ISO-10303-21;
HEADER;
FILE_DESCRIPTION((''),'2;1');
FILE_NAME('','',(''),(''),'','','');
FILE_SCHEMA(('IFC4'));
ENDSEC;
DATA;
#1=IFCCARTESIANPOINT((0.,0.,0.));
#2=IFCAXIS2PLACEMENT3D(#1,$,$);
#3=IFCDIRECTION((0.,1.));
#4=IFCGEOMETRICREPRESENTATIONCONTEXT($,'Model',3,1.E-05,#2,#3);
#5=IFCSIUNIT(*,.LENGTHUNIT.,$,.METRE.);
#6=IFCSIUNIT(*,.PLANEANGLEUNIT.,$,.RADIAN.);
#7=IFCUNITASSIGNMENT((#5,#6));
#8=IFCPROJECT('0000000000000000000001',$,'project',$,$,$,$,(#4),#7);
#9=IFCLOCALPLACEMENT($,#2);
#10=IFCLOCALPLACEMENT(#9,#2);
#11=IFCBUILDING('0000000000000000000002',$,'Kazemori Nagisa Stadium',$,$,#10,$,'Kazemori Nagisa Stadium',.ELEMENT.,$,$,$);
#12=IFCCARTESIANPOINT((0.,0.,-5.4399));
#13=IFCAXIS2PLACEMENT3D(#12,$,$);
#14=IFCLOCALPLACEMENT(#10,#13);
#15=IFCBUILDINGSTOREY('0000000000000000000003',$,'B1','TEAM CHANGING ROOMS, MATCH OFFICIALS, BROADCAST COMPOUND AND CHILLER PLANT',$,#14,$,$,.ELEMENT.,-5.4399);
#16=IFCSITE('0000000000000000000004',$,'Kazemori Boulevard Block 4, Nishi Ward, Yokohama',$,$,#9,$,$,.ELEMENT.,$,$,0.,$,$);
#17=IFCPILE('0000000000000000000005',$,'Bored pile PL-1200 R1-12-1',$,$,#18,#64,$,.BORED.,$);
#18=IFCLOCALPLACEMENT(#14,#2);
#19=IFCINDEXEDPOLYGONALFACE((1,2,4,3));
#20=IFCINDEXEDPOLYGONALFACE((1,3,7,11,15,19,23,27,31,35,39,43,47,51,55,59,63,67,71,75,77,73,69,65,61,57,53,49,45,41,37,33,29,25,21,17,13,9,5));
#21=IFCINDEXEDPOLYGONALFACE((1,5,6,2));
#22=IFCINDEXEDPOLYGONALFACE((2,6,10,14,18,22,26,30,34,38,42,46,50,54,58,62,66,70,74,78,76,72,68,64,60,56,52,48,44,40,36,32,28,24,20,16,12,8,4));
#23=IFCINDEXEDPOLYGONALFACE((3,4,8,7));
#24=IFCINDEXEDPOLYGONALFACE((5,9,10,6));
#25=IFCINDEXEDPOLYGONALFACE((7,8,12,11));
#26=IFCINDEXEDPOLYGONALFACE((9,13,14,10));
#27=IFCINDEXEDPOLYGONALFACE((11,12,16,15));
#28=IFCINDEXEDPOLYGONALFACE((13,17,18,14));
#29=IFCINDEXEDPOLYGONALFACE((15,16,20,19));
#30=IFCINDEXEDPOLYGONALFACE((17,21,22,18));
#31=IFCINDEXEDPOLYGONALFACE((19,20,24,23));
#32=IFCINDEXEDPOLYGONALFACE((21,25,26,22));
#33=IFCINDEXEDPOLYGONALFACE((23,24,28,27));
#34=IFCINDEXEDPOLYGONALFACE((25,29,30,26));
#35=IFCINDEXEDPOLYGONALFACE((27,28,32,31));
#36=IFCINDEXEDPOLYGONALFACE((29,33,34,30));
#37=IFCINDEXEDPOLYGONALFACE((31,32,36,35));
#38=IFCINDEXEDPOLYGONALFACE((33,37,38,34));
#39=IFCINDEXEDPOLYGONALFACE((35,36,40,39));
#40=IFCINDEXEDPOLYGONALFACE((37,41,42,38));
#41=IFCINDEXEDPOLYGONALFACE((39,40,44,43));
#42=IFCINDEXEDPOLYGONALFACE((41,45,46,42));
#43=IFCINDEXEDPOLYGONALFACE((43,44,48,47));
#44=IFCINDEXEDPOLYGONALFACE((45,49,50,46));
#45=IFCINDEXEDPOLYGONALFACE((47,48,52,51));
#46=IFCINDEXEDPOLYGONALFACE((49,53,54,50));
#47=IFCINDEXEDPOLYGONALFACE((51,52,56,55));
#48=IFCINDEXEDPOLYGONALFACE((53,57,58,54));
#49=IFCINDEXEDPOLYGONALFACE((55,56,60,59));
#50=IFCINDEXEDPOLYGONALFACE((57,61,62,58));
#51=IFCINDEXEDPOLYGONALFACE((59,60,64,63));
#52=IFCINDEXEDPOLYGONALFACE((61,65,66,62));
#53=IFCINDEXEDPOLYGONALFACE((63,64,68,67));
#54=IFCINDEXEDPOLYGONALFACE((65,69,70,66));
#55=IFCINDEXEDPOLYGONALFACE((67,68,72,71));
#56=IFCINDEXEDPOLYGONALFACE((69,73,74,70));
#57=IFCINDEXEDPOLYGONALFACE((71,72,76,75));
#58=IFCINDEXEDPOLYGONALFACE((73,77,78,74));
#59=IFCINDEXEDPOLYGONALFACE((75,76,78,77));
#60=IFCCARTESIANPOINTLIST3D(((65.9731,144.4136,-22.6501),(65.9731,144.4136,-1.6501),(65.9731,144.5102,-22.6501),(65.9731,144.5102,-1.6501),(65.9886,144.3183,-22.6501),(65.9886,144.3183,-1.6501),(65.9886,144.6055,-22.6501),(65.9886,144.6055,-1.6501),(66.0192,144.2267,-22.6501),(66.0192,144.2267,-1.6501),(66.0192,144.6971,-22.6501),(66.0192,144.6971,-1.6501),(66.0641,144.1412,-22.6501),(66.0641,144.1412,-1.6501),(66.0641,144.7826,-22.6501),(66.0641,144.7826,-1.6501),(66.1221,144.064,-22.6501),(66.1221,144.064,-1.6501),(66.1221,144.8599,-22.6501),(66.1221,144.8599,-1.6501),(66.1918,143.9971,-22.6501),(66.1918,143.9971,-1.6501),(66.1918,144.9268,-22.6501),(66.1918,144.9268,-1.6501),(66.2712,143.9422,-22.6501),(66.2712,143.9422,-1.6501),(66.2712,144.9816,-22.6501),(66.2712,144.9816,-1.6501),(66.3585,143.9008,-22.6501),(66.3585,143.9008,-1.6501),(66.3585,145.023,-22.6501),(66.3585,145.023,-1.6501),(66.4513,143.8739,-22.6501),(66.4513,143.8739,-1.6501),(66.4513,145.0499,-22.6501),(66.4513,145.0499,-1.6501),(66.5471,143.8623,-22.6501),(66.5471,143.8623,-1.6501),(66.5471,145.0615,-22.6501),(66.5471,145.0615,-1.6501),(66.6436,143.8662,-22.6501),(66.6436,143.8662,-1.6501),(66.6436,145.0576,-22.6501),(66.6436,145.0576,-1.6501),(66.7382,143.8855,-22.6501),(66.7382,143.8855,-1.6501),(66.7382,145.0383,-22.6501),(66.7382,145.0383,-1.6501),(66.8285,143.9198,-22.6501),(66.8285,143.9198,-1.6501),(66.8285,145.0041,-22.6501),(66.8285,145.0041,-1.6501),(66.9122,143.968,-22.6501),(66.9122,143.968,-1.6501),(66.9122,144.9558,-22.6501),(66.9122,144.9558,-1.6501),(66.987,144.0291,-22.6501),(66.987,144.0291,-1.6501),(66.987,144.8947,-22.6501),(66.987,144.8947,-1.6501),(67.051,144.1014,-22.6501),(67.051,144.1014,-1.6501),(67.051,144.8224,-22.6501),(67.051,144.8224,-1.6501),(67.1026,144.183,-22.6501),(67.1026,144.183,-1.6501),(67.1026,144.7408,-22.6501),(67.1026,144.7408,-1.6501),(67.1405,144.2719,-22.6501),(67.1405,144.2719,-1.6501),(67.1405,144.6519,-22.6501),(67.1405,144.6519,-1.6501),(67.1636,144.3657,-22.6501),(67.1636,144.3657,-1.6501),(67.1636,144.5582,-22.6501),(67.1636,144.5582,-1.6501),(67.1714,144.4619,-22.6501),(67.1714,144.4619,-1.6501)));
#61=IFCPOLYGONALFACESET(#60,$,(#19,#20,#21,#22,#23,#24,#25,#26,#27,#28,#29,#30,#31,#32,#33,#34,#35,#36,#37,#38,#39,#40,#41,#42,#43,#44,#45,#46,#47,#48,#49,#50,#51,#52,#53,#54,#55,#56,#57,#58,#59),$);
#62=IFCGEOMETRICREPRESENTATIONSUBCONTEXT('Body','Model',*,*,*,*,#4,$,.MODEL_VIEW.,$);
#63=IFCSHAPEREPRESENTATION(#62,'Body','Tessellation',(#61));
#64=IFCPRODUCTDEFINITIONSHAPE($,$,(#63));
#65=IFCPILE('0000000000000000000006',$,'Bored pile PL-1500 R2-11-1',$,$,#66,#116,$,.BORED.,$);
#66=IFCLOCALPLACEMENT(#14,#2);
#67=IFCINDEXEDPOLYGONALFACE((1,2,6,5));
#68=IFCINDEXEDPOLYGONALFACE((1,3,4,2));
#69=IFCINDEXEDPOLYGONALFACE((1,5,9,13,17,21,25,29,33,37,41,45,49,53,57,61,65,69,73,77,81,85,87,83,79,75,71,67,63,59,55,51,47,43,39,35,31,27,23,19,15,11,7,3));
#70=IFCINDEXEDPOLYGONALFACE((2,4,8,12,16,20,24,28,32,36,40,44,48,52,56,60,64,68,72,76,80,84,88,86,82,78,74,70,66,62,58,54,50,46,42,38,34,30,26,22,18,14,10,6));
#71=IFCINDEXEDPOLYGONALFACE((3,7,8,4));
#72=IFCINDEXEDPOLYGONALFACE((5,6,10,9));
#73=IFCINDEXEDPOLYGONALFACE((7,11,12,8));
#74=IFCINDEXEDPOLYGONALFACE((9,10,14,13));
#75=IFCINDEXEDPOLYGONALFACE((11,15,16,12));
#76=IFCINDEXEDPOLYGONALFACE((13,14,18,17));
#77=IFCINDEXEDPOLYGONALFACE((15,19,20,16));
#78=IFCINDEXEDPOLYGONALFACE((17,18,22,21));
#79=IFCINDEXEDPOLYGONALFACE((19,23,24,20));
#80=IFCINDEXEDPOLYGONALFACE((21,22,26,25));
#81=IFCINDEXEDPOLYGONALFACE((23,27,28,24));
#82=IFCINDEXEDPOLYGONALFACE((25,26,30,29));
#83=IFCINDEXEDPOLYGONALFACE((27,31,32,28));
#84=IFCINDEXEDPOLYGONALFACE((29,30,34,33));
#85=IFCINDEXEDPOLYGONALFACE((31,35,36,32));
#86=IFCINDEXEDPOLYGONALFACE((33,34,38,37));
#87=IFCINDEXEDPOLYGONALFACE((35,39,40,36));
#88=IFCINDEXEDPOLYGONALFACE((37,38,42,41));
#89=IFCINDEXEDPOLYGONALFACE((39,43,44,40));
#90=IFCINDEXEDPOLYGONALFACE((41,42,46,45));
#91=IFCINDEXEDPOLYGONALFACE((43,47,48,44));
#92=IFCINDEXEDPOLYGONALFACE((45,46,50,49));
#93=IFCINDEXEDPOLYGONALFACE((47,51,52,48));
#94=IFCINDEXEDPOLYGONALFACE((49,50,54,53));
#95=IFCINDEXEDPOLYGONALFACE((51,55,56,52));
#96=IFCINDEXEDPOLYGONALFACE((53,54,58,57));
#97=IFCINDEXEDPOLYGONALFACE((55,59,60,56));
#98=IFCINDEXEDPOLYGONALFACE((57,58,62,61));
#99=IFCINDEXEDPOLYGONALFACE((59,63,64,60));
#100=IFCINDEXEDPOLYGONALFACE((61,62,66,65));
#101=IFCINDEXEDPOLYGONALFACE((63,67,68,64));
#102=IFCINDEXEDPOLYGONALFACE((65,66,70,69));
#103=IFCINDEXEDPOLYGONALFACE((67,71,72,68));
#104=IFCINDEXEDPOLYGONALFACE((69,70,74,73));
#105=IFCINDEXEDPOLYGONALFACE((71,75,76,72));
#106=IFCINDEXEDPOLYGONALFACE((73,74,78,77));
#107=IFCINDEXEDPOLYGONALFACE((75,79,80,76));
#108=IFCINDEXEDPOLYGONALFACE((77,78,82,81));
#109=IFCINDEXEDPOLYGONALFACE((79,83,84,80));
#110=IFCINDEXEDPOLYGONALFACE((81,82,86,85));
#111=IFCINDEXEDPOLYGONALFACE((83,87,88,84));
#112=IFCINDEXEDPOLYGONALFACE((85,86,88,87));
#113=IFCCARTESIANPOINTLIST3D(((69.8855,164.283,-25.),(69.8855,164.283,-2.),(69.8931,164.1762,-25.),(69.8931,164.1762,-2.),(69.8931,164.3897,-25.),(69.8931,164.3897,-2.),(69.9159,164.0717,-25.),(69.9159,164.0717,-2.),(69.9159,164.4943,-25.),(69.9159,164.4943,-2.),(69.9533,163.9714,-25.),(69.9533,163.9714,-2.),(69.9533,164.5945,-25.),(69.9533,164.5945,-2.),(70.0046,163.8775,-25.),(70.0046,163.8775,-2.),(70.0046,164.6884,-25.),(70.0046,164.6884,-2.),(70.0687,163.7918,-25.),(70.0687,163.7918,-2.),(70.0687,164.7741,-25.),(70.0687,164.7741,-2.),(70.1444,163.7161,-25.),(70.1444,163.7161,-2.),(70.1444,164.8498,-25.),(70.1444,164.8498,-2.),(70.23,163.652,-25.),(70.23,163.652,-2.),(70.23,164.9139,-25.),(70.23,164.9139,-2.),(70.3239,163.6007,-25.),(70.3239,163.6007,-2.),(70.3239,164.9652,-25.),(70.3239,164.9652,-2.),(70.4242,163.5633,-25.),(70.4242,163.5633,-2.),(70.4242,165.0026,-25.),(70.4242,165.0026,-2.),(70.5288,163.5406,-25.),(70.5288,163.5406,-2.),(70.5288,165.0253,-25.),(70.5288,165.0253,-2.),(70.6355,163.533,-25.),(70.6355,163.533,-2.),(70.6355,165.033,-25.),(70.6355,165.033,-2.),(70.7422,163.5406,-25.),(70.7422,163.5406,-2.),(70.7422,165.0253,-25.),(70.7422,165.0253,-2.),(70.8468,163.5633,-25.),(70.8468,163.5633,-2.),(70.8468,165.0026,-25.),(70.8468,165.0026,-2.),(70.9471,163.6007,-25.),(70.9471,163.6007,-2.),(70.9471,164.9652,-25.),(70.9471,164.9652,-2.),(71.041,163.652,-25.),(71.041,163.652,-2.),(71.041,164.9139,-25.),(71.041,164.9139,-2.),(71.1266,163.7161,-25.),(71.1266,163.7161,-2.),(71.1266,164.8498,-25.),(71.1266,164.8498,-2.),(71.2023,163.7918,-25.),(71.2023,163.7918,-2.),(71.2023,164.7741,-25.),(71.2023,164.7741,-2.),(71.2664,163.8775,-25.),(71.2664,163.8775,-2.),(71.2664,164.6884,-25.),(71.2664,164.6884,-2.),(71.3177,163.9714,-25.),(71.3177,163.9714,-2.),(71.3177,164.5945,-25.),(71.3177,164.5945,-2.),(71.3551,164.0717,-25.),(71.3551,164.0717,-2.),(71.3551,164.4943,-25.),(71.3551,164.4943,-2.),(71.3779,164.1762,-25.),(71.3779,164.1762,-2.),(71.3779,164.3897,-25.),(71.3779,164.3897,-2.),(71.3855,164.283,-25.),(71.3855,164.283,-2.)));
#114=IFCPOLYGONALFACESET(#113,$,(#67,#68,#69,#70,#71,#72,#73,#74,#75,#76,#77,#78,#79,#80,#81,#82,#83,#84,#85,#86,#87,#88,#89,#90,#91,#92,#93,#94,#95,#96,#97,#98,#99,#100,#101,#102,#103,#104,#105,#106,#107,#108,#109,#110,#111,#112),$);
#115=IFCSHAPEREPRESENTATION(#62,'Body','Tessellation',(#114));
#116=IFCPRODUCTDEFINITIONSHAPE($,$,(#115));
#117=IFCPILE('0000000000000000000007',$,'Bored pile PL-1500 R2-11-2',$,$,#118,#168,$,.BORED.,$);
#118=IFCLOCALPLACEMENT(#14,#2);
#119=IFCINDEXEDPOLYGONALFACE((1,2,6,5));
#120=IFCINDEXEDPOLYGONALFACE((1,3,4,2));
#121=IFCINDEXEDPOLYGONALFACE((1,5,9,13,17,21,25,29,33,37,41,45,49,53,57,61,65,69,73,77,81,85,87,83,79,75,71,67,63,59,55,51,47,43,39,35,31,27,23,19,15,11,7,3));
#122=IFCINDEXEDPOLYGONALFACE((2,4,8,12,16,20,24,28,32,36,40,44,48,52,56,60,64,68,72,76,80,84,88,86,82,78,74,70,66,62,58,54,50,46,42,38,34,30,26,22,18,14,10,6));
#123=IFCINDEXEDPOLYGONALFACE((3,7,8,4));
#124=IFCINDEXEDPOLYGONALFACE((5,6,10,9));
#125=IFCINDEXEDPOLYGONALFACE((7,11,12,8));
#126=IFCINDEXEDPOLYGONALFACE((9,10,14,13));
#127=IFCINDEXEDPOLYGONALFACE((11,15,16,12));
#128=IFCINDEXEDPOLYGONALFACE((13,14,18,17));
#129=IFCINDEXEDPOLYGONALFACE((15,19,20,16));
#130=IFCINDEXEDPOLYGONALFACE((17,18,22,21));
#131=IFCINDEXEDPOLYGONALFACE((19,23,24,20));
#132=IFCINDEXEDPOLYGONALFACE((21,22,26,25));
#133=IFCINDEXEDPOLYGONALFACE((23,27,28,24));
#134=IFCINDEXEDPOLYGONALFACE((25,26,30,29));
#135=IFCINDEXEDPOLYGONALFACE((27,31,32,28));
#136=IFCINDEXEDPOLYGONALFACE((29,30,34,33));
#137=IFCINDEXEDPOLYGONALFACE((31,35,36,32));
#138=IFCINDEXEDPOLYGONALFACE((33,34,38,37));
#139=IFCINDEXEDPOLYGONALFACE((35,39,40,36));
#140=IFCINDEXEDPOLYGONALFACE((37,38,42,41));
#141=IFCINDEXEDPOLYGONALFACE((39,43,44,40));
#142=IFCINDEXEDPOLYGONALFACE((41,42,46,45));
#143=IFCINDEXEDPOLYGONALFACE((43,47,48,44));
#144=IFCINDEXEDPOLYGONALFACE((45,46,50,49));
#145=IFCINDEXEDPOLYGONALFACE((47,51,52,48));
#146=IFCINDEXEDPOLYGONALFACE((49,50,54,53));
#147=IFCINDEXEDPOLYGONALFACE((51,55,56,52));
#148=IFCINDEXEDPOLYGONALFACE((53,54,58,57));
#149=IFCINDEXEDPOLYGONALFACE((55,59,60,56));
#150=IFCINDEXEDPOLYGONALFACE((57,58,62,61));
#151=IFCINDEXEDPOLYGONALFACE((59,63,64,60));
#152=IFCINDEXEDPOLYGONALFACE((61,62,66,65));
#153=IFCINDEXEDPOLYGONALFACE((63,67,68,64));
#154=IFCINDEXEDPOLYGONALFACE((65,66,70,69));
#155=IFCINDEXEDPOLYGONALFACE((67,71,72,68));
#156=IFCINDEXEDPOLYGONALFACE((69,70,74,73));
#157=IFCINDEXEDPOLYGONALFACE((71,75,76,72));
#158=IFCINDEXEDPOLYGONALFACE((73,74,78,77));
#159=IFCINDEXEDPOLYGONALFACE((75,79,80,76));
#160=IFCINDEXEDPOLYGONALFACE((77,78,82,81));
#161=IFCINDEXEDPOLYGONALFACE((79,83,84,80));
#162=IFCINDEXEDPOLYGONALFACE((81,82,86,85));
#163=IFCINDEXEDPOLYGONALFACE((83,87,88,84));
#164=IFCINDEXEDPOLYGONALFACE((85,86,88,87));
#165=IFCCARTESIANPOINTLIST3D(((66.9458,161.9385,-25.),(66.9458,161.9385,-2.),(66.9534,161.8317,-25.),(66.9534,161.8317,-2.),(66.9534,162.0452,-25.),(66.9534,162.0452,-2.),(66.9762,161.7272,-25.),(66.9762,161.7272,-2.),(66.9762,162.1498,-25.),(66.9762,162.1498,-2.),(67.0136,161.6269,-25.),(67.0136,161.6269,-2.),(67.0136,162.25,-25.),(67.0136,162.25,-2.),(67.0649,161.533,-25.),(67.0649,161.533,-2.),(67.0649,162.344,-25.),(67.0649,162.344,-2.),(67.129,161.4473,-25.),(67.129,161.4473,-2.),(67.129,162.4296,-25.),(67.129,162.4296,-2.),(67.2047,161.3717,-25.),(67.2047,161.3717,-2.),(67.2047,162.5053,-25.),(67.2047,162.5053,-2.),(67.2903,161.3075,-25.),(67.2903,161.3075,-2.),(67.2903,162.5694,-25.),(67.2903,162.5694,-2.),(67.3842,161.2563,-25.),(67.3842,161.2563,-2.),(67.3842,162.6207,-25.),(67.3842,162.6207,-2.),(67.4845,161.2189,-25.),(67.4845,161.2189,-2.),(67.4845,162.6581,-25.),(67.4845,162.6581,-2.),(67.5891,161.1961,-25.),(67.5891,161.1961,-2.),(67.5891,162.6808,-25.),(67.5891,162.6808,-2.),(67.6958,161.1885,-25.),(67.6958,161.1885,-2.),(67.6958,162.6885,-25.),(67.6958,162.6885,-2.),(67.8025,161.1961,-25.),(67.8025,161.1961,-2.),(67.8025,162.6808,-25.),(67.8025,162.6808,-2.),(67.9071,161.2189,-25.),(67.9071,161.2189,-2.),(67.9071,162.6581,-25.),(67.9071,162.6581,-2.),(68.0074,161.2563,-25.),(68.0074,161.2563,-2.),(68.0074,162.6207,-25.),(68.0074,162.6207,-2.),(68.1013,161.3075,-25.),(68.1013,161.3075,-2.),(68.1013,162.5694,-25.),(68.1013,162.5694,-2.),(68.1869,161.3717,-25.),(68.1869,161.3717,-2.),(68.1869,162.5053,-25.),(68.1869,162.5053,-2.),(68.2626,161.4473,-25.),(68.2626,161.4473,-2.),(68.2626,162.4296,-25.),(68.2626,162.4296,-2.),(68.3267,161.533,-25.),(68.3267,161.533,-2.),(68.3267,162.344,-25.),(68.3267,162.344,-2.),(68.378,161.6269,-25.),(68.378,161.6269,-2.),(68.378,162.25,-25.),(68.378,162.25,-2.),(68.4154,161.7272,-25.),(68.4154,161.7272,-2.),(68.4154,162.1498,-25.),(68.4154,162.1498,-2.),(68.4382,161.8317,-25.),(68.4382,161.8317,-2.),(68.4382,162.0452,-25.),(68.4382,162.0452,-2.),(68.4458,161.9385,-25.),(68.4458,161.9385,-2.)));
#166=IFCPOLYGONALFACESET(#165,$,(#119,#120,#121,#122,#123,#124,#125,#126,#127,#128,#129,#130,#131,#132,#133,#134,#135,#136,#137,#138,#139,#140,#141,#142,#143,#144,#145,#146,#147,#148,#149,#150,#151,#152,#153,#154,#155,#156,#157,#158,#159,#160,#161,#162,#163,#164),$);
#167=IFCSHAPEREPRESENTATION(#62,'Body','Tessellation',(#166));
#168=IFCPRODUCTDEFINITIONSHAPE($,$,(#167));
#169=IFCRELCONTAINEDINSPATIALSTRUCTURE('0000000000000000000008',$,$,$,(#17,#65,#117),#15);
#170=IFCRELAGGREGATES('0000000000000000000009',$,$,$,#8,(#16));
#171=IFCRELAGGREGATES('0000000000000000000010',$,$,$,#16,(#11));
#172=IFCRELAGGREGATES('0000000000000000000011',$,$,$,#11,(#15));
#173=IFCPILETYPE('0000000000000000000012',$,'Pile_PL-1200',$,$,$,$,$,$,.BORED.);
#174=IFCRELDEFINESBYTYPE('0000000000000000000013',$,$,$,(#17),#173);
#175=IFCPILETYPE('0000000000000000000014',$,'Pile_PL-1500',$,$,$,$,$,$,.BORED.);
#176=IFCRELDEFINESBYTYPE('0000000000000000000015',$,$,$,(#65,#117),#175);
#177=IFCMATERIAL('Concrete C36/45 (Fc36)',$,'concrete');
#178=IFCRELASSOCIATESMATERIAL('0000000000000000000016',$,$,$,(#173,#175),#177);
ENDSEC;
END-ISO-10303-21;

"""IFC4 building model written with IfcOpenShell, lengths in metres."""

from ifc_helpers import new_model, si_unit, direction, frame, origin, origin_2d, place, context, subcontext, project, spatial, circle, extrude, material, material_profile, profile_set, type_object, element, save


model = new_model("IFC4")

# Units and contexts
model_context = context("Model", 3, precision=1e-05, world=origin(), true_north=direction((0.0, 1.0)))
body_context = subcontext(model_context, "Body", "Model", "MODEL_VIEW")
ifc_project = project(units=[si_unit("LENGTHUNIT", "METRE"), si_unit("PLANEANGLEUNIT", "RADIAN")], contexts=[model_context])

# Site, building, storey
site_placement = place(None, origin())
site = spatial("IfcSite", under=ifc_project, at=site_placement, Name="Kazemori Boulevard Block 4, Nishi Ward, Yokohama", CompositionType="ELEMENT", RefElevation=0.0)
building_placement = place(site_placement, origin())
building = spatial("IfcBuilding", under=site, at=building_placement, Name="Kazemori Nagisa Stadium", LongName="Kazemori Nagisa Stadium", CompositionType="ELEMENT")
storey_placement = place(building_placement, frame((0.0, 0.0, -5.4399)))
storey = spatial("IfcBuildingStorey", under=building, at=storey_placement, Name="B1", Description="TEAM CHANGING ROOMS, MATCH OFFICIALS, BROADCAST COMPOUND AND CHILLER PLANT", CompositionType="ELEMENT", Elevation=-5.4399)

# Piles
ifc_material_1 = material(Name="Concrete C36/45 (Fc36)", Category="concrete")
ifc_material_profile_1 = material_profile(ifc_material_1, circle(Radius=0.6001, at=origin_2d()), Name="PILE-D1200")
ifc_profile_set_1 = profile_set([ifc_material_profile_1], Name="Concrete C36/45 (Fc36)")
pile_type_1 = type_object("IfcPileType", Name="Pile_PL-1200", PredefinedType="BORED", material=ifc_profile_set_1)
for number, where, z_axis, x_axis, name in (
    (1, (66.5713, 144.4619, -1.6501), (0.0, 0.0, -1.0), (1.0, 0.0, 0.0), "Bored pile PL-1200 R1-12-1"),
):
    element("IfcPile", number, at=place(storey_placement, frame(where, z_axis=z_axis, x_axis=x_axis)), inside=storey, type_object=pile_type_1, Name=name, PredefinedType="BORED", context=body_context, shape_type="SweptSolid", body=[
        extrude(circle(Radius=0.6001, at=origin_2d()), origin(), (0.0, 0.0, 1.0), 21.0),
    ])
ifc_material_profile_2 = material_profile(ifc_material_1, circle(Radius=0.75, at=origin_2d()), Name="PILE-D1500")
ifc_profile_set_2 = profile_set([ifc_material_profile_2], Name="Concrete C36/45 (Fc36)")
pile_type_2 = type_object("IfcPileType", Name="Pile_PL-1500", PredefinedType="BORED", material=ifc_profile_set_2)
for number, where, z_axis, x_axis, name in (
    (2, (70.6355, 164.283, -2.0), (0.0, 0.0, -1.0), (1.0, 0.0, 0.0), "Bored pile PL-1500 R2-11-1"),
    (3, (67.6958, 161.9385, -2.0), (0.0, 0.0, -1.0), (1.0, 0.0, 0.0), "Bored pile PL-1500 R2-11-2"),
):
    element("IfcPile", number, at=place(storey_placement, frame(where, z_axis=z_axis, x_axis=x_axis)), inside=storey, type_object=pile_type_2, Name=name, PredefinedType="BORED", context=body_context, shape_type="SweptSolid", body=[
        extrude(circle(Radius=0.75, at=origin_2d()), origin(), (0.0, 0.0, 1.0), 23.0),
    ])

save(model, "model.ifc")
